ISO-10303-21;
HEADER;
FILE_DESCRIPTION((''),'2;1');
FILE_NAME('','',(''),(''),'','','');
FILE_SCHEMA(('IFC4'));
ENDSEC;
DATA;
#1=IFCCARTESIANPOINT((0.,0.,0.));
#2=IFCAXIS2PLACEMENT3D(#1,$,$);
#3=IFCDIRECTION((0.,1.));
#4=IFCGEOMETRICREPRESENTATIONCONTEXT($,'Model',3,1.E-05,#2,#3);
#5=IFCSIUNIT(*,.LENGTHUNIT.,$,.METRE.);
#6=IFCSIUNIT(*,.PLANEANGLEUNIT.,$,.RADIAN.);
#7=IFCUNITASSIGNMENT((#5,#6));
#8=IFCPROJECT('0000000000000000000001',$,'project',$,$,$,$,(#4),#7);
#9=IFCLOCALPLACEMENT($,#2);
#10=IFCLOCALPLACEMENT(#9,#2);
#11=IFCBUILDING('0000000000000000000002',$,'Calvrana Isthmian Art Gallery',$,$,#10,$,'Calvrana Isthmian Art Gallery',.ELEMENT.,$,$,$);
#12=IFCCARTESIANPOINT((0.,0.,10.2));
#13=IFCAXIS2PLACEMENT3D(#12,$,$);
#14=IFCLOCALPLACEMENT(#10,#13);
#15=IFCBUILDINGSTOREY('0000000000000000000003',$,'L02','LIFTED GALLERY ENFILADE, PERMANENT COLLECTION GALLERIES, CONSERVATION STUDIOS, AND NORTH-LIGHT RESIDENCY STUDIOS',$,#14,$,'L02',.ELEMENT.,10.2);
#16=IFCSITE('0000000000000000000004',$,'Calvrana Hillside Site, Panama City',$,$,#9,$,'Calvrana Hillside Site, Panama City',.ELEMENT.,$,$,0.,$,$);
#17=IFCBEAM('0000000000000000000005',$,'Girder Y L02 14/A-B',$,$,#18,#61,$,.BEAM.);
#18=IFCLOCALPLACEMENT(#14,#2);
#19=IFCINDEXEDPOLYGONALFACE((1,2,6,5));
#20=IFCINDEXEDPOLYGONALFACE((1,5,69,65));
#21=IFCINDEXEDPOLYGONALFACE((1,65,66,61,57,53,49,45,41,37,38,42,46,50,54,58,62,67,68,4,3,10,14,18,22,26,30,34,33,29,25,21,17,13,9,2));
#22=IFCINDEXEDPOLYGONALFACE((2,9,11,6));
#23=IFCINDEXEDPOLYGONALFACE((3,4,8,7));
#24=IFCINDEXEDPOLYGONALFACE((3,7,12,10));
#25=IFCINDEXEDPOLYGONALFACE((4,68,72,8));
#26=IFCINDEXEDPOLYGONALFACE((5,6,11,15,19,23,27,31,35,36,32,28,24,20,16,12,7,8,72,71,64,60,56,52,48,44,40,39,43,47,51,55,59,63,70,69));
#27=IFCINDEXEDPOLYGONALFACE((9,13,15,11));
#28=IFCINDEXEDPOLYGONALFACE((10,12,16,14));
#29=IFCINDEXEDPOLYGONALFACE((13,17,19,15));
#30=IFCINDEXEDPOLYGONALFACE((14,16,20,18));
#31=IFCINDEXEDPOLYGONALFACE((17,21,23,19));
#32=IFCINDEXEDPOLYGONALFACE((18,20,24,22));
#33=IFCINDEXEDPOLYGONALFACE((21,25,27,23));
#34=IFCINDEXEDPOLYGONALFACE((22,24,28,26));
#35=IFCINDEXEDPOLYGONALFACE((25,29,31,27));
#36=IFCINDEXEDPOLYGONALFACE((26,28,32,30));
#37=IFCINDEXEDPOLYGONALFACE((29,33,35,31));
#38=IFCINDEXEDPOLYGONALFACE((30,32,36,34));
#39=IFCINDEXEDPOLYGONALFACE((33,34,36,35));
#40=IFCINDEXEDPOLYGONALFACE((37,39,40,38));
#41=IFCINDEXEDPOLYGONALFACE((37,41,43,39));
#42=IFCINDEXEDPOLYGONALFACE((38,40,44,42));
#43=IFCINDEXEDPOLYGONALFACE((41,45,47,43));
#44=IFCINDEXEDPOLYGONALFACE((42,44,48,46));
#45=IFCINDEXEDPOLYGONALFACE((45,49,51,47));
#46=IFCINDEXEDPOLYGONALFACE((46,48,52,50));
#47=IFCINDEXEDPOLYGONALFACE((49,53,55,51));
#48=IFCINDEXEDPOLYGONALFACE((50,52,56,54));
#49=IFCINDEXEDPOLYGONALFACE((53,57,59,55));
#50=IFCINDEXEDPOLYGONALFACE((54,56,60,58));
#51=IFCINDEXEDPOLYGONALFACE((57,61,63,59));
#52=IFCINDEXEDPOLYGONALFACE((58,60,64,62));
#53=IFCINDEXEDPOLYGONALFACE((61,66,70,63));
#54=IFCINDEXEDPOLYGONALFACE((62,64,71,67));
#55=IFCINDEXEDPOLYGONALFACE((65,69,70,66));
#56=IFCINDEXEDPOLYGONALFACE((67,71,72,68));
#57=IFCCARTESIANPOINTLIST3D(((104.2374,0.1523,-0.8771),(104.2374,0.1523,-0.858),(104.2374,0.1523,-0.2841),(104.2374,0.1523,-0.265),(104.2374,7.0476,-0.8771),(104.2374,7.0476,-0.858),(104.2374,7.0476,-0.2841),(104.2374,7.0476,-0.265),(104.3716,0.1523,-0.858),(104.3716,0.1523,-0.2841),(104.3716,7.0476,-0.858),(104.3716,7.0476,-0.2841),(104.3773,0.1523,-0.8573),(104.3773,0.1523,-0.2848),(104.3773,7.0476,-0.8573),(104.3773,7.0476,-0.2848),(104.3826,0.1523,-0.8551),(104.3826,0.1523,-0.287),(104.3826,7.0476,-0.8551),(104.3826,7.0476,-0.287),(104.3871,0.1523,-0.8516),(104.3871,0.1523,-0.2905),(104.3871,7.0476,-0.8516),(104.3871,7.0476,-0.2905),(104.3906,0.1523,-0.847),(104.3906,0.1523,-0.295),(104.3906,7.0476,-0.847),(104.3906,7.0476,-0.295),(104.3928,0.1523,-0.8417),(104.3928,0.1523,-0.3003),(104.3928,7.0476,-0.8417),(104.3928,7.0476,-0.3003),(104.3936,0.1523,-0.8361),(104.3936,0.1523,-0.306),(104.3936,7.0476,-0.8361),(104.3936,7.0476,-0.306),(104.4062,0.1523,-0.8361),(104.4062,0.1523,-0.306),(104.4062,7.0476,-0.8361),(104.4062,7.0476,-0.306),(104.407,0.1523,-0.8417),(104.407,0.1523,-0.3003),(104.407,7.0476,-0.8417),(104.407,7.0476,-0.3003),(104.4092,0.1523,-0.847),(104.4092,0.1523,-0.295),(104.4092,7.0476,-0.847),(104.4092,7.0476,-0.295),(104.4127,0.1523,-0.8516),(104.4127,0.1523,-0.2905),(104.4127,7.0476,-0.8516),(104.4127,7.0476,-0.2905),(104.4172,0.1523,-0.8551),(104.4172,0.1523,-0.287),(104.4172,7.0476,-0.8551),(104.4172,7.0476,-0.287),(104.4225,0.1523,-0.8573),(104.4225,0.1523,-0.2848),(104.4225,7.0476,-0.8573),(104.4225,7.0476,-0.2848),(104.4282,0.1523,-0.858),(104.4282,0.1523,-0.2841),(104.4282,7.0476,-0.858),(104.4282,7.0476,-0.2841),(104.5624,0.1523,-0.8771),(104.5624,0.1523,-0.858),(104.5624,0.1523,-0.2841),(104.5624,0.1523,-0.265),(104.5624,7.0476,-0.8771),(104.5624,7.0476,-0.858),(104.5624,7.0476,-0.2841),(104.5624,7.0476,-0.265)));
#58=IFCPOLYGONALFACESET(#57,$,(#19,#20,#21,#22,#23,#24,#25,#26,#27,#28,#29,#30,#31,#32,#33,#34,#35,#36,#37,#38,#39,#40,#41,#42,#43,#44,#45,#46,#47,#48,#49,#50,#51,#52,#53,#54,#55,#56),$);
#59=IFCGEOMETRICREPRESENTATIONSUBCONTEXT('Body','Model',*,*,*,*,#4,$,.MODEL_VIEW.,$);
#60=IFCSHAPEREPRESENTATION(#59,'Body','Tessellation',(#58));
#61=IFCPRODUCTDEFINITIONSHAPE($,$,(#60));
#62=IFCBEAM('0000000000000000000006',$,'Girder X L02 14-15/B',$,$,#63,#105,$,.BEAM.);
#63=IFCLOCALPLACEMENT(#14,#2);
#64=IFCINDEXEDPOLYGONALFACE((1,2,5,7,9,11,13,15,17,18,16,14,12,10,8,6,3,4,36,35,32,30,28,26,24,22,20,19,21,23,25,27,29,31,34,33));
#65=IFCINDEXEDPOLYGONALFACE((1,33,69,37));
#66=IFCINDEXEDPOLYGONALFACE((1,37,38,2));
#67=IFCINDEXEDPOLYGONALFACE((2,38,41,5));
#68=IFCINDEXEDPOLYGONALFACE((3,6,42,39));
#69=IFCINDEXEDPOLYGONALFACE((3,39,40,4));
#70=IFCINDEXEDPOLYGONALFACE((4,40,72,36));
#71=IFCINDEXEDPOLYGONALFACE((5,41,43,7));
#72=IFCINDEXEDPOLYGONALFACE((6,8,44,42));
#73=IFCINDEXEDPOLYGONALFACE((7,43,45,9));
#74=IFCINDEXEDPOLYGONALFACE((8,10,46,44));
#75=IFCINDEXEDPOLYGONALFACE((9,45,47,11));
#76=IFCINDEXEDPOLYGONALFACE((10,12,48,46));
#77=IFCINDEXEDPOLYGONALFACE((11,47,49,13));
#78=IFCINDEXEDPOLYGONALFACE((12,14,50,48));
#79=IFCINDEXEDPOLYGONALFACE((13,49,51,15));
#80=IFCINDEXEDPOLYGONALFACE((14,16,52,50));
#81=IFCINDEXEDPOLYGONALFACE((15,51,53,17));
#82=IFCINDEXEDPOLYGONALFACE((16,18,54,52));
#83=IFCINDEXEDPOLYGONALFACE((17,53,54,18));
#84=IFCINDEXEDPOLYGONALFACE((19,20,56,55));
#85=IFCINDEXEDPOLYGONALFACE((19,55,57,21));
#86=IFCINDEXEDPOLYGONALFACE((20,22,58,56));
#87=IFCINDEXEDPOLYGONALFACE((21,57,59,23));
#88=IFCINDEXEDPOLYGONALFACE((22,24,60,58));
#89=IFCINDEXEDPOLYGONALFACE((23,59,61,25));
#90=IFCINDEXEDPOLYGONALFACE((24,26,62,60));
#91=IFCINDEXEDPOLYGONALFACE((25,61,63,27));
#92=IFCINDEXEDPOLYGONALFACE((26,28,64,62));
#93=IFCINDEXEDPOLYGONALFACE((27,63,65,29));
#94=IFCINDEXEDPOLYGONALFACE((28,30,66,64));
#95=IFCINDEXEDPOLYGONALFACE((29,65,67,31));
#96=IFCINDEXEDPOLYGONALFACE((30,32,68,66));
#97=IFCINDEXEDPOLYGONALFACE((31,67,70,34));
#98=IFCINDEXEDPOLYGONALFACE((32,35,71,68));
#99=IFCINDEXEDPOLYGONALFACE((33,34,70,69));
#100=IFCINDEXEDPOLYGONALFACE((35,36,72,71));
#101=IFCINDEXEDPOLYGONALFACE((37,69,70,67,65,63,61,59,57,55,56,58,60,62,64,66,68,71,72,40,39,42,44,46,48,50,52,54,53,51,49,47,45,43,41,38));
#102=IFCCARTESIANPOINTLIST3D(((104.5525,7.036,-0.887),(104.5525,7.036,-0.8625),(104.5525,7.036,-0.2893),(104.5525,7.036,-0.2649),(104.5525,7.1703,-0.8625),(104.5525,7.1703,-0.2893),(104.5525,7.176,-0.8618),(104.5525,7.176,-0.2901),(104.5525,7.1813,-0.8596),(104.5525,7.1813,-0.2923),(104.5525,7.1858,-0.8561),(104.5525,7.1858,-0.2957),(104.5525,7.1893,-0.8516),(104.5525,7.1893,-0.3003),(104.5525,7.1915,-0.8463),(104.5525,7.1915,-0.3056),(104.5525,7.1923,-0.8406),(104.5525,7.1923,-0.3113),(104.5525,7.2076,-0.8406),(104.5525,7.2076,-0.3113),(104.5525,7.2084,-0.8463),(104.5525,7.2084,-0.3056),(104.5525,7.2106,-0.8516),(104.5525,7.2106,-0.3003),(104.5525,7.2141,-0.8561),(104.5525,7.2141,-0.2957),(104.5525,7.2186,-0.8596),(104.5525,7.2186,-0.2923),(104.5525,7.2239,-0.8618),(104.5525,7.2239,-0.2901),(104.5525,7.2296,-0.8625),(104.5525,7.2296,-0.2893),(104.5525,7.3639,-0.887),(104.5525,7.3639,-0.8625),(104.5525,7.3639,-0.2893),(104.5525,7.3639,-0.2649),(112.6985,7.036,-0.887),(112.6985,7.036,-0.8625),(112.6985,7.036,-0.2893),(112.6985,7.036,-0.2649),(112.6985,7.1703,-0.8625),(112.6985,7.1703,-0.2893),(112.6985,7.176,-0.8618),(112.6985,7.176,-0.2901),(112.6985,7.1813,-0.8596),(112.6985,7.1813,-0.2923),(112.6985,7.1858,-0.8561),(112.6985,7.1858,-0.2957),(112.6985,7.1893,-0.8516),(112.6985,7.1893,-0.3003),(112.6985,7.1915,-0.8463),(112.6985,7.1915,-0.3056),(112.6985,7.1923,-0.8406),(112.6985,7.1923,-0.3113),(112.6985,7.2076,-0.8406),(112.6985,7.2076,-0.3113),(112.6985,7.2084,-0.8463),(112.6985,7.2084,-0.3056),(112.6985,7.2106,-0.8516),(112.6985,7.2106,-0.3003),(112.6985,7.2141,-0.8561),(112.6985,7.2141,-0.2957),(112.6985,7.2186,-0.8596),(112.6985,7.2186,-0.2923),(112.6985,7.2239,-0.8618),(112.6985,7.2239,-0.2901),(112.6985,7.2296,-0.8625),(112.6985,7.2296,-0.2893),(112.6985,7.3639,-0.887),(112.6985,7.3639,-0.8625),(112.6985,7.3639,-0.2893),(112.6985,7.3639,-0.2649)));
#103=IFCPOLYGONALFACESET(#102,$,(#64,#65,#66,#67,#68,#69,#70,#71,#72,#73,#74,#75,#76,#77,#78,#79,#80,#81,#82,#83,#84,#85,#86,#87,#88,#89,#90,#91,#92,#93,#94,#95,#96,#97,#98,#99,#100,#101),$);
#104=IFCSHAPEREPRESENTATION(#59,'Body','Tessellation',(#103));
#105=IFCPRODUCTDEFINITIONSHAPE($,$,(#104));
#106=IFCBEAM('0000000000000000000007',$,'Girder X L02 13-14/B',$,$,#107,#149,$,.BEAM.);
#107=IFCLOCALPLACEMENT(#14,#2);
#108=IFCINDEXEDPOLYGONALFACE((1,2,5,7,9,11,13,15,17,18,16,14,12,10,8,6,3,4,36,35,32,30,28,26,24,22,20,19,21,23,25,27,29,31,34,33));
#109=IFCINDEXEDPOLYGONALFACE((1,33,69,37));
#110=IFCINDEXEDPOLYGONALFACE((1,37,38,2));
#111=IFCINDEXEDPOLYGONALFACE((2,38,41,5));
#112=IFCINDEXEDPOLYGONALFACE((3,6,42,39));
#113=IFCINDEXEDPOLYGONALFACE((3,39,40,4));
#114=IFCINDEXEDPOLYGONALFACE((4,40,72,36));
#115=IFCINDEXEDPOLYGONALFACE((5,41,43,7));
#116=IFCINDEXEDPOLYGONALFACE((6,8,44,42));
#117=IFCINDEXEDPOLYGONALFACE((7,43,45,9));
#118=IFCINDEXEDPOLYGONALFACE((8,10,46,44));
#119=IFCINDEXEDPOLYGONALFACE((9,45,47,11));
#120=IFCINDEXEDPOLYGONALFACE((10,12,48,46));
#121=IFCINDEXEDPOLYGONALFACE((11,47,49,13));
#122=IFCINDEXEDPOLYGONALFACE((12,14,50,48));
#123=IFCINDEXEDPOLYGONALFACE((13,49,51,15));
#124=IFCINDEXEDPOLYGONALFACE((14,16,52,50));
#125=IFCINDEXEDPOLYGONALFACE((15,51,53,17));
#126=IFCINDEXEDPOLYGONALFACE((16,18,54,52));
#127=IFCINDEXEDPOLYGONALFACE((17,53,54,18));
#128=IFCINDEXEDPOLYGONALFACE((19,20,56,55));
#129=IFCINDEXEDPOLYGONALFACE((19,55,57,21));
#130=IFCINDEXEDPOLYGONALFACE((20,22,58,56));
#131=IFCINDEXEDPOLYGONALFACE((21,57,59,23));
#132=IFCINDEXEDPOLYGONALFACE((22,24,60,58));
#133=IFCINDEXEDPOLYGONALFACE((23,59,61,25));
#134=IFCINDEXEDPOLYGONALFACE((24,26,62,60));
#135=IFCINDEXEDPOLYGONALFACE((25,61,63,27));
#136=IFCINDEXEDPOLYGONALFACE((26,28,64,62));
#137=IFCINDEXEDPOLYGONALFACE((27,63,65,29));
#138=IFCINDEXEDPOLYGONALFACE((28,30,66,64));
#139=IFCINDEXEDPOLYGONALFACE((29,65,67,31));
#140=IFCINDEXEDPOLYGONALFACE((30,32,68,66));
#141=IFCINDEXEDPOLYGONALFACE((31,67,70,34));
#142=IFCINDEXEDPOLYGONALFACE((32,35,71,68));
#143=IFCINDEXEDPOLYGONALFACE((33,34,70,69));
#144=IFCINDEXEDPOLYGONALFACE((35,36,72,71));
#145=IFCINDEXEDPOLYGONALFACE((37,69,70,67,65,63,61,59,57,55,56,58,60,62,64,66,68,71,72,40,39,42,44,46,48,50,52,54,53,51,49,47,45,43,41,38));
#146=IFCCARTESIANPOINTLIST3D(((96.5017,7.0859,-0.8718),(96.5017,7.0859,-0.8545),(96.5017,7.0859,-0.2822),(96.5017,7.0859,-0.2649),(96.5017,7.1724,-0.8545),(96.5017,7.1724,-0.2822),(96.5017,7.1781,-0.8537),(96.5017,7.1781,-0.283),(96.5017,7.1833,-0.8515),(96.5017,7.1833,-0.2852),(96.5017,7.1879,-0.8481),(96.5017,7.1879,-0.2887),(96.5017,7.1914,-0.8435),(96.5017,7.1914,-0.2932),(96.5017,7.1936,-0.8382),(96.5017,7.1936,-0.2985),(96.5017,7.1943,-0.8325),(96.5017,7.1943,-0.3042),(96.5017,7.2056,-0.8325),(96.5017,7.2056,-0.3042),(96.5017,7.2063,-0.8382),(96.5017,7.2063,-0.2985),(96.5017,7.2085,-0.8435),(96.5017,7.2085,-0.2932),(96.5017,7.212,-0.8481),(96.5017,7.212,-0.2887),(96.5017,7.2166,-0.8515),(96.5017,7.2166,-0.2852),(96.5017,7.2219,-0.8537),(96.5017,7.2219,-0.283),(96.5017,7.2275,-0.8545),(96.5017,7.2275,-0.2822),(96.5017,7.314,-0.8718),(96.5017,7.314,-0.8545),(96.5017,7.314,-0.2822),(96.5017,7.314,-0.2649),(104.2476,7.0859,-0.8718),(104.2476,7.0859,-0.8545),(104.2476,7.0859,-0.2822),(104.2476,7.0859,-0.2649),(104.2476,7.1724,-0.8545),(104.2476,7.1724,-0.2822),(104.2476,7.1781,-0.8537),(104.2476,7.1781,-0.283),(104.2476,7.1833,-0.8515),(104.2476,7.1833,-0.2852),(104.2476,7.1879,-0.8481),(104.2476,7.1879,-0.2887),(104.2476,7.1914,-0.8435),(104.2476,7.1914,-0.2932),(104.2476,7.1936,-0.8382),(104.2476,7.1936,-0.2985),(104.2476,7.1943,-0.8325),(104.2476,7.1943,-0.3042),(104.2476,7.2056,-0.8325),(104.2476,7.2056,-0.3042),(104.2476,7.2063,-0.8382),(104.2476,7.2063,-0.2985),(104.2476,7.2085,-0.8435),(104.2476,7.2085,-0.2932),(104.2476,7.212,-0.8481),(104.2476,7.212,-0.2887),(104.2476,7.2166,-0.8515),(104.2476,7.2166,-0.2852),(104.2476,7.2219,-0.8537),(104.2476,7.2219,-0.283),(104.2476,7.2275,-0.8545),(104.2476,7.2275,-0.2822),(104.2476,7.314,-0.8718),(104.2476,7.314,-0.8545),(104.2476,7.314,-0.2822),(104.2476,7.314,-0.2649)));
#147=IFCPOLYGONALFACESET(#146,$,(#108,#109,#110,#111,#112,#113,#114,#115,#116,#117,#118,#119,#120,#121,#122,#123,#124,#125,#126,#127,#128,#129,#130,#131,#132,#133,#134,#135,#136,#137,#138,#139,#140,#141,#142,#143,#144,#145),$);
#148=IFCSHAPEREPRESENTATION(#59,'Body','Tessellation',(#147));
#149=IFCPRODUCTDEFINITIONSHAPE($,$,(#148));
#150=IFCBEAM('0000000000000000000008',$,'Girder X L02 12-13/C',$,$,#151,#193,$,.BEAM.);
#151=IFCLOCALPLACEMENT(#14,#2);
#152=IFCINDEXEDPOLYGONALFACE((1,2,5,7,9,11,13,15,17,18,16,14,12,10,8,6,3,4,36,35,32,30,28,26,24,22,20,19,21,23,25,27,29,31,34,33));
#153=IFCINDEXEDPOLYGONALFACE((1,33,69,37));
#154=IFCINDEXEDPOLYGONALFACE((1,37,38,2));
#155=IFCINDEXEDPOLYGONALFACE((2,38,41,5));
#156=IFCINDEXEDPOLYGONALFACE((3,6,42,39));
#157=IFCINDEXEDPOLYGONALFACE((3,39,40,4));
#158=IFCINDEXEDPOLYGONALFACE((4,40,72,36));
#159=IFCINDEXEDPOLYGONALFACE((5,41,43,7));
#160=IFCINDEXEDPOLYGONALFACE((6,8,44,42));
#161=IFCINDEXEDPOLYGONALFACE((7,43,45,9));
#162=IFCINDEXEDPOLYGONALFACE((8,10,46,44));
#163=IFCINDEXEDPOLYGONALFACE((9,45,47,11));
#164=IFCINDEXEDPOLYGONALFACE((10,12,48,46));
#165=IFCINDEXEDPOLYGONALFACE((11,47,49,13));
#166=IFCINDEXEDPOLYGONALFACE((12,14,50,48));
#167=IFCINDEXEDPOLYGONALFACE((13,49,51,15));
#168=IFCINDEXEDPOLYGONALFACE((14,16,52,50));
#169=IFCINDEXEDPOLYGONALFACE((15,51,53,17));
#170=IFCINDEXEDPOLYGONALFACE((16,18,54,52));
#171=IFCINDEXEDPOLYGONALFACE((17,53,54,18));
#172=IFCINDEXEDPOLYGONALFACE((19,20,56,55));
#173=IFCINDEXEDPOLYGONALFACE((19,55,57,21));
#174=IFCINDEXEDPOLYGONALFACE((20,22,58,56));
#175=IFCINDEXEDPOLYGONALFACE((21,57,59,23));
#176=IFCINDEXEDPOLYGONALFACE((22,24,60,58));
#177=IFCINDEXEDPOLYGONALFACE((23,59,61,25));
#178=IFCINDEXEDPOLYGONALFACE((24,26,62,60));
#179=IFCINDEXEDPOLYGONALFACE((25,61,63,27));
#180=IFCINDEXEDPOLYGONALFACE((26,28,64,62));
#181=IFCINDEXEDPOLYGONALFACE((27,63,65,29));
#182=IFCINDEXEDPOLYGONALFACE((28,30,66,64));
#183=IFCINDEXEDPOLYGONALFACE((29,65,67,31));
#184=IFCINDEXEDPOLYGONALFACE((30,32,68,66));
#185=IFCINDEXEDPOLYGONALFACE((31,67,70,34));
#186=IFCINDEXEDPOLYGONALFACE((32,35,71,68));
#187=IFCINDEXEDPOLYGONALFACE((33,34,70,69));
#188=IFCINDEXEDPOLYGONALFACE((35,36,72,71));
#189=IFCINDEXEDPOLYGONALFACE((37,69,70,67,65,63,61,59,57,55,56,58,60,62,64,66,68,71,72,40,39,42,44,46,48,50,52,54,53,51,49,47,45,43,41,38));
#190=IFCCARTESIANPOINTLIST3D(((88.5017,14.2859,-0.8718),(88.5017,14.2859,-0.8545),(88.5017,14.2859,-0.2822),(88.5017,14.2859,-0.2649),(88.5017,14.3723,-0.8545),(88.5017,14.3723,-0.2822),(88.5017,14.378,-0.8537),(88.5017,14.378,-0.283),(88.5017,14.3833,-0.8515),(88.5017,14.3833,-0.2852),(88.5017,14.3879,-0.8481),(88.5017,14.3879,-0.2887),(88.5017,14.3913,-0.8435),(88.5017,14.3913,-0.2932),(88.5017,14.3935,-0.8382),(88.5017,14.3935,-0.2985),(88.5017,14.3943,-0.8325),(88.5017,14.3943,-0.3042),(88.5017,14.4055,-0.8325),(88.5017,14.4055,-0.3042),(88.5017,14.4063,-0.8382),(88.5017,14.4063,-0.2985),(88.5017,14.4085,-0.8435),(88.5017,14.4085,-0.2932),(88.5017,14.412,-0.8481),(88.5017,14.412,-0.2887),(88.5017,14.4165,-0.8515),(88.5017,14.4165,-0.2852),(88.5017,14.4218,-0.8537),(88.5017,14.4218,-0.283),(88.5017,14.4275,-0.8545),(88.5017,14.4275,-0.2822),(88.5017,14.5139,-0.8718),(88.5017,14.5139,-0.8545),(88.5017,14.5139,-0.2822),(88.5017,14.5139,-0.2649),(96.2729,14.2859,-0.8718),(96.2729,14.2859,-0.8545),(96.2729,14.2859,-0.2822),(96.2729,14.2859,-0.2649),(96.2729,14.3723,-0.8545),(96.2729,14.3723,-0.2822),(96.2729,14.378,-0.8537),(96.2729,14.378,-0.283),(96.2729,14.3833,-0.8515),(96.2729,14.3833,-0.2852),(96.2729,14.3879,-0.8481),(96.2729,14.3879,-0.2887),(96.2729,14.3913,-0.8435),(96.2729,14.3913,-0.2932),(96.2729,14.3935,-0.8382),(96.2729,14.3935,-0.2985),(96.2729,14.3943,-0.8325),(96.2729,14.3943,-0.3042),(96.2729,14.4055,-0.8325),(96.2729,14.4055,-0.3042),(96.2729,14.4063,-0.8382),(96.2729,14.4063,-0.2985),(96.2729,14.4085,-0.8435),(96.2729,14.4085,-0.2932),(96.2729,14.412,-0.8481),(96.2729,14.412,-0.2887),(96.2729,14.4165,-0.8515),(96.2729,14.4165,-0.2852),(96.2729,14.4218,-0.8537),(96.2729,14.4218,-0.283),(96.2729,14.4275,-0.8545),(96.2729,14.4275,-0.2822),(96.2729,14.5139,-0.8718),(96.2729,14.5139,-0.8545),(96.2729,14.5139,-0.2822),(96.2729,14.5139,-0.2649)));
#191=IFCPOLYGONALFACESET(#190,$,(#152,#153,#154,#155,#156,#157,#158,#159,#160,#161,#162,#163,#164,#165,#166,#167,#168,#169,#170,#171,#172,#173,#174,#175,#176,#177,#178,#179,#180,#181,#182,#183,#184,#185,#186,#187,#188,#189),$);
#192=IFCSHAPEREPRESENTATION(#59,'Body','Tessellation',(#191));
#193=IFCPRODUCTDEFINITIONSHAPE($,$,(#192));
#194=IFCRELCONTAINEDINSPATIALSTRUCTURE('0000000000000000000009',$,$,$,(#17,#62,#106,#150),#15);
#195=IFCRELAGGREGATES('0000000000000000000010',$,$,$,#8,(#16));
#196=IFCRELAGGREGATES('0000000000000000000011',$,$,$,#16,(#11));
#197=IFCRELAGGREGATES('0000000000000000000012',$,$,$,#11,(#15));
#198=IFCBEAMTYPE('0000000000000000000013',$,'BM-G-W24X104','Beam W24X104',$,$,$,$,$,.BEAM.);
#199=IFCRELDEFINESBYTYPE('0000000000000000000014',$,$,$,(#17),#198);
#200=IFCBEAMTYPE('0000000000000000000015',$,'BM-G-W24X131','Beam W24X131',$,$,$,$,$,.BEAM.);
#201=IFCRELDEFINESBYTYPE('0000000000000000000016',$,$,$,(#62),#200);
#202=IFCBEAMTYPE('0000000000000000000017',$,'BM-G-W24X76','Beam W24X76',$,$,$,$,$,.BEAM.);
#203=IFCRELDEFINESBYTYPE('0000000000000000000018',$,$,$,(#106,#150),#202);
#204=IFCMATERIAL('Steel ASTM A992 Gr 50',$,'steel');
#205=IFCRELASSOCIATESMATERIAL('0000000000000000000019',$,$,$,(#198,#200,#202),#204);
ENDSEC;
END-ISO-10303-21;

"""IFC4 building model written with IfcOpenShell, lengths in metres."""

from ifc_helpers import new_model, si_unit, direction, frame, origin, origin_2d, place, context, subcontext, project, spatial, i_section, extrude, material, material_profile, profile_set, type_object, element, save


model = new_model("IFC4")

# Units and contexts
model_context = context("Model", 3, precision=1e-05, world=origin(), true_north=direction((0.0, 1.0)))
body_context = subcontext(model_context, "Body", "Model", "MODEL_VIEW")
ifc_project = project(units=[si_unit("LENGTHUNIT", "METRE"), si_unit("PLANEANGLEUNIT", "RADIAN")], contexts=[model_context])

# Site, building, storey
site_placement = place(None, origin())
site = spatial("IfcSite", under=ifc_project, at=site_placement, Name="Calvrana Hillside Site, Panama City", LongName="Calvrana Hillside Site, Panama City", CompositionType="ELEMENT", RefElevation=0.0)
building_placement = place(site_placement, origin())
building = spatial("IfcBuilding", under=site, at=building_placement, Name="Calvrana Isthmian Art Gallery", LongName="Calvrana Isthmian Art Gallery", CompositionType="ELEMENT")
storey_placement = place(building_placement, frame((0.0, 0.0, 10.2)))
storey = spatial("IfcBuildingStorey", under=building, at=storey_placement, Name="L02", Description="LIFTED GALLERY ENFILADE, PERMANENT COLLECTION GALLERIES, CONSERVATION STUDIOS, AND NORTH-LIGHT RESIDENCY STUDIOS", LongName="L02", CompositionType="ELEMENT", Elevation=10.2)

# Beams
ifc_material_1 = material(Name="Steel ASTM A992 Gr 50", Category="steel")
ifc_material_profile_1 = material_profile(ifc_material_1, i_section(OverallWidth=0.325, OverallDepth=0.6121, WebThickness=0.0127, FlangeThickness=0.019, FilletRadius=0.022, at=origin_2d()), Name="W24X104")
ifc_profile_set_1 = profile_set([ifc_material_profile_1], Name="Steel ASTM A992 Gr 50")
beam_type_1 = type_object("IfcBeamType", Name="BM-G-W24X104", Description="Beam W24X104", PredefinedType="BEAM", material=ifc_profile_set_1)
beam_1_placement = place(storey_placement, frame((104.3999, 0.1523, -0.571), z_axis=(0.0, 1.0, 0.0), x_axis=(-1.0, 0.0, 0.0)))
element("IfcBeam", 1, at=beam_1_placement, inside=storey, type_object=beam_type_1, Name="Girder Y L02 14/A-B", PredefinedType="BEAM", context=body_context, shape_type="SweptSolid", body=[
    extrude(i_section(OverallWidth=0.325, OverallDepth=0.6121, WebThickness=0.0127, FlangeThickness=0.019, FilletRadius=0.022, at=origin_2d()), origin(), (0.0, 0.0, 1.0), 6.8953),
])
ifc_material_profile_2 = material_profile(ifc_material_1, i_section(OverallWidth=0.3279, OverallDepth=0.6221, WebThickness=0.0154, FlangeThickness=0.0244, FilletRadius=0.022, at=origin_2d()), Name="W24X131")
ifc_profile_set_2 = profile_set([ifc_material_profile_2], Name="Steel ASTM A992 Gr 50")
beam_type_2 = type_object("IfcBeamType", Name="BM-G-W24X131", Description="Beam W24X131", PredefinedType="BEAM", material=ifc_profile_set_2)
beam_2_placement = place(storey_placement, frame((104.5525, 7.2, -0.5759), z_axis=(1.0, 0.0, 0.0), x_axis=(0.0, 1.0, 0.0)))
element("IfcBeam", 2, at=beam_2_placement, inside=storey, type_object=beam_type_2, Name="Girder X L02 14-15/B", PredefinedType="BEAM", context=body_context, shape_type="SweptSolid", body=[
    extrude(i_section(OverallWidth=0.3279, OverallDepth=0.6221, WebThickness=0.0154, FlangeThickness=0.0244, FilletRadius=0.022, at=origin_2d()), origin(), (0.0, 0.0, 1.0), 8.146),
])
ifc_material_profile_3 = material_profile(ifc_material_1, i_section(OverallWidth=0.228, OverallDepth=0.6069, WebThickness=0.0112, FlangeThickness=0.0173, FilletRadius=0.022, at=origin_2d()), Name="W24X76")
ifc_profile_set_3 = profile_set([ifc_material_profile_3], Name="Steel ASTM A992 Gr 50")
beam_type_3 = type_object("IfcBeamType", Name="BM-G-W24X76", Description="Beam W24X76", PredefinedType="BEAM", material=ifc_profile_set_3)
beam_3_placement = place(storey_placement, frame((96.5017, 7.2, -0.5684), z_axis=(1.0, 0.0, 0.0), x_axis=(0.0, 1.0, 0.0)))
element("IfcBeam", 3, at=beam_3_placement, inside=storey, type_object=beam_type_3, Name="Girder X L02 13-14/B", PredefinedType="BEAM", context=body_context, shape_type="SweptSolid", body=[
    extrude(i_section(OverallWidth=0.228, OverallDepth=0.6069, WebThickness=0.0112, FlangeThickness=0.0173, FilletRadius=0.022, at=origin_2d()), origin(), (0.0, 0.0, 1.0), 7.7458),
])
beam_4_placement = place(storey_placement, frame((88.5017, 14.3999, -0.5684), z_axis=(1.0, 0.0, 0.0), x_axis=(0.0, 1.0, 0.0)))
element("IfcBeam", 4, at=beam_4_placement, inside=storey, type_object=beam_type_3, Name="Girder X L02 12-13/C", PredefinedType="BEAM", context=body_context, shape_type="SweptSolid", body=[
    extrude(i_section(OverallWidth=0.228, OverallDepth=0.6069, WebThickness=0.0112, FlangeThickness=0.0173, FilletRadius=0.022, at=origin_2d()), origin(), (0.0, 0.0, 1.0), 7.7712),
])

save(model, "model.ifc")
